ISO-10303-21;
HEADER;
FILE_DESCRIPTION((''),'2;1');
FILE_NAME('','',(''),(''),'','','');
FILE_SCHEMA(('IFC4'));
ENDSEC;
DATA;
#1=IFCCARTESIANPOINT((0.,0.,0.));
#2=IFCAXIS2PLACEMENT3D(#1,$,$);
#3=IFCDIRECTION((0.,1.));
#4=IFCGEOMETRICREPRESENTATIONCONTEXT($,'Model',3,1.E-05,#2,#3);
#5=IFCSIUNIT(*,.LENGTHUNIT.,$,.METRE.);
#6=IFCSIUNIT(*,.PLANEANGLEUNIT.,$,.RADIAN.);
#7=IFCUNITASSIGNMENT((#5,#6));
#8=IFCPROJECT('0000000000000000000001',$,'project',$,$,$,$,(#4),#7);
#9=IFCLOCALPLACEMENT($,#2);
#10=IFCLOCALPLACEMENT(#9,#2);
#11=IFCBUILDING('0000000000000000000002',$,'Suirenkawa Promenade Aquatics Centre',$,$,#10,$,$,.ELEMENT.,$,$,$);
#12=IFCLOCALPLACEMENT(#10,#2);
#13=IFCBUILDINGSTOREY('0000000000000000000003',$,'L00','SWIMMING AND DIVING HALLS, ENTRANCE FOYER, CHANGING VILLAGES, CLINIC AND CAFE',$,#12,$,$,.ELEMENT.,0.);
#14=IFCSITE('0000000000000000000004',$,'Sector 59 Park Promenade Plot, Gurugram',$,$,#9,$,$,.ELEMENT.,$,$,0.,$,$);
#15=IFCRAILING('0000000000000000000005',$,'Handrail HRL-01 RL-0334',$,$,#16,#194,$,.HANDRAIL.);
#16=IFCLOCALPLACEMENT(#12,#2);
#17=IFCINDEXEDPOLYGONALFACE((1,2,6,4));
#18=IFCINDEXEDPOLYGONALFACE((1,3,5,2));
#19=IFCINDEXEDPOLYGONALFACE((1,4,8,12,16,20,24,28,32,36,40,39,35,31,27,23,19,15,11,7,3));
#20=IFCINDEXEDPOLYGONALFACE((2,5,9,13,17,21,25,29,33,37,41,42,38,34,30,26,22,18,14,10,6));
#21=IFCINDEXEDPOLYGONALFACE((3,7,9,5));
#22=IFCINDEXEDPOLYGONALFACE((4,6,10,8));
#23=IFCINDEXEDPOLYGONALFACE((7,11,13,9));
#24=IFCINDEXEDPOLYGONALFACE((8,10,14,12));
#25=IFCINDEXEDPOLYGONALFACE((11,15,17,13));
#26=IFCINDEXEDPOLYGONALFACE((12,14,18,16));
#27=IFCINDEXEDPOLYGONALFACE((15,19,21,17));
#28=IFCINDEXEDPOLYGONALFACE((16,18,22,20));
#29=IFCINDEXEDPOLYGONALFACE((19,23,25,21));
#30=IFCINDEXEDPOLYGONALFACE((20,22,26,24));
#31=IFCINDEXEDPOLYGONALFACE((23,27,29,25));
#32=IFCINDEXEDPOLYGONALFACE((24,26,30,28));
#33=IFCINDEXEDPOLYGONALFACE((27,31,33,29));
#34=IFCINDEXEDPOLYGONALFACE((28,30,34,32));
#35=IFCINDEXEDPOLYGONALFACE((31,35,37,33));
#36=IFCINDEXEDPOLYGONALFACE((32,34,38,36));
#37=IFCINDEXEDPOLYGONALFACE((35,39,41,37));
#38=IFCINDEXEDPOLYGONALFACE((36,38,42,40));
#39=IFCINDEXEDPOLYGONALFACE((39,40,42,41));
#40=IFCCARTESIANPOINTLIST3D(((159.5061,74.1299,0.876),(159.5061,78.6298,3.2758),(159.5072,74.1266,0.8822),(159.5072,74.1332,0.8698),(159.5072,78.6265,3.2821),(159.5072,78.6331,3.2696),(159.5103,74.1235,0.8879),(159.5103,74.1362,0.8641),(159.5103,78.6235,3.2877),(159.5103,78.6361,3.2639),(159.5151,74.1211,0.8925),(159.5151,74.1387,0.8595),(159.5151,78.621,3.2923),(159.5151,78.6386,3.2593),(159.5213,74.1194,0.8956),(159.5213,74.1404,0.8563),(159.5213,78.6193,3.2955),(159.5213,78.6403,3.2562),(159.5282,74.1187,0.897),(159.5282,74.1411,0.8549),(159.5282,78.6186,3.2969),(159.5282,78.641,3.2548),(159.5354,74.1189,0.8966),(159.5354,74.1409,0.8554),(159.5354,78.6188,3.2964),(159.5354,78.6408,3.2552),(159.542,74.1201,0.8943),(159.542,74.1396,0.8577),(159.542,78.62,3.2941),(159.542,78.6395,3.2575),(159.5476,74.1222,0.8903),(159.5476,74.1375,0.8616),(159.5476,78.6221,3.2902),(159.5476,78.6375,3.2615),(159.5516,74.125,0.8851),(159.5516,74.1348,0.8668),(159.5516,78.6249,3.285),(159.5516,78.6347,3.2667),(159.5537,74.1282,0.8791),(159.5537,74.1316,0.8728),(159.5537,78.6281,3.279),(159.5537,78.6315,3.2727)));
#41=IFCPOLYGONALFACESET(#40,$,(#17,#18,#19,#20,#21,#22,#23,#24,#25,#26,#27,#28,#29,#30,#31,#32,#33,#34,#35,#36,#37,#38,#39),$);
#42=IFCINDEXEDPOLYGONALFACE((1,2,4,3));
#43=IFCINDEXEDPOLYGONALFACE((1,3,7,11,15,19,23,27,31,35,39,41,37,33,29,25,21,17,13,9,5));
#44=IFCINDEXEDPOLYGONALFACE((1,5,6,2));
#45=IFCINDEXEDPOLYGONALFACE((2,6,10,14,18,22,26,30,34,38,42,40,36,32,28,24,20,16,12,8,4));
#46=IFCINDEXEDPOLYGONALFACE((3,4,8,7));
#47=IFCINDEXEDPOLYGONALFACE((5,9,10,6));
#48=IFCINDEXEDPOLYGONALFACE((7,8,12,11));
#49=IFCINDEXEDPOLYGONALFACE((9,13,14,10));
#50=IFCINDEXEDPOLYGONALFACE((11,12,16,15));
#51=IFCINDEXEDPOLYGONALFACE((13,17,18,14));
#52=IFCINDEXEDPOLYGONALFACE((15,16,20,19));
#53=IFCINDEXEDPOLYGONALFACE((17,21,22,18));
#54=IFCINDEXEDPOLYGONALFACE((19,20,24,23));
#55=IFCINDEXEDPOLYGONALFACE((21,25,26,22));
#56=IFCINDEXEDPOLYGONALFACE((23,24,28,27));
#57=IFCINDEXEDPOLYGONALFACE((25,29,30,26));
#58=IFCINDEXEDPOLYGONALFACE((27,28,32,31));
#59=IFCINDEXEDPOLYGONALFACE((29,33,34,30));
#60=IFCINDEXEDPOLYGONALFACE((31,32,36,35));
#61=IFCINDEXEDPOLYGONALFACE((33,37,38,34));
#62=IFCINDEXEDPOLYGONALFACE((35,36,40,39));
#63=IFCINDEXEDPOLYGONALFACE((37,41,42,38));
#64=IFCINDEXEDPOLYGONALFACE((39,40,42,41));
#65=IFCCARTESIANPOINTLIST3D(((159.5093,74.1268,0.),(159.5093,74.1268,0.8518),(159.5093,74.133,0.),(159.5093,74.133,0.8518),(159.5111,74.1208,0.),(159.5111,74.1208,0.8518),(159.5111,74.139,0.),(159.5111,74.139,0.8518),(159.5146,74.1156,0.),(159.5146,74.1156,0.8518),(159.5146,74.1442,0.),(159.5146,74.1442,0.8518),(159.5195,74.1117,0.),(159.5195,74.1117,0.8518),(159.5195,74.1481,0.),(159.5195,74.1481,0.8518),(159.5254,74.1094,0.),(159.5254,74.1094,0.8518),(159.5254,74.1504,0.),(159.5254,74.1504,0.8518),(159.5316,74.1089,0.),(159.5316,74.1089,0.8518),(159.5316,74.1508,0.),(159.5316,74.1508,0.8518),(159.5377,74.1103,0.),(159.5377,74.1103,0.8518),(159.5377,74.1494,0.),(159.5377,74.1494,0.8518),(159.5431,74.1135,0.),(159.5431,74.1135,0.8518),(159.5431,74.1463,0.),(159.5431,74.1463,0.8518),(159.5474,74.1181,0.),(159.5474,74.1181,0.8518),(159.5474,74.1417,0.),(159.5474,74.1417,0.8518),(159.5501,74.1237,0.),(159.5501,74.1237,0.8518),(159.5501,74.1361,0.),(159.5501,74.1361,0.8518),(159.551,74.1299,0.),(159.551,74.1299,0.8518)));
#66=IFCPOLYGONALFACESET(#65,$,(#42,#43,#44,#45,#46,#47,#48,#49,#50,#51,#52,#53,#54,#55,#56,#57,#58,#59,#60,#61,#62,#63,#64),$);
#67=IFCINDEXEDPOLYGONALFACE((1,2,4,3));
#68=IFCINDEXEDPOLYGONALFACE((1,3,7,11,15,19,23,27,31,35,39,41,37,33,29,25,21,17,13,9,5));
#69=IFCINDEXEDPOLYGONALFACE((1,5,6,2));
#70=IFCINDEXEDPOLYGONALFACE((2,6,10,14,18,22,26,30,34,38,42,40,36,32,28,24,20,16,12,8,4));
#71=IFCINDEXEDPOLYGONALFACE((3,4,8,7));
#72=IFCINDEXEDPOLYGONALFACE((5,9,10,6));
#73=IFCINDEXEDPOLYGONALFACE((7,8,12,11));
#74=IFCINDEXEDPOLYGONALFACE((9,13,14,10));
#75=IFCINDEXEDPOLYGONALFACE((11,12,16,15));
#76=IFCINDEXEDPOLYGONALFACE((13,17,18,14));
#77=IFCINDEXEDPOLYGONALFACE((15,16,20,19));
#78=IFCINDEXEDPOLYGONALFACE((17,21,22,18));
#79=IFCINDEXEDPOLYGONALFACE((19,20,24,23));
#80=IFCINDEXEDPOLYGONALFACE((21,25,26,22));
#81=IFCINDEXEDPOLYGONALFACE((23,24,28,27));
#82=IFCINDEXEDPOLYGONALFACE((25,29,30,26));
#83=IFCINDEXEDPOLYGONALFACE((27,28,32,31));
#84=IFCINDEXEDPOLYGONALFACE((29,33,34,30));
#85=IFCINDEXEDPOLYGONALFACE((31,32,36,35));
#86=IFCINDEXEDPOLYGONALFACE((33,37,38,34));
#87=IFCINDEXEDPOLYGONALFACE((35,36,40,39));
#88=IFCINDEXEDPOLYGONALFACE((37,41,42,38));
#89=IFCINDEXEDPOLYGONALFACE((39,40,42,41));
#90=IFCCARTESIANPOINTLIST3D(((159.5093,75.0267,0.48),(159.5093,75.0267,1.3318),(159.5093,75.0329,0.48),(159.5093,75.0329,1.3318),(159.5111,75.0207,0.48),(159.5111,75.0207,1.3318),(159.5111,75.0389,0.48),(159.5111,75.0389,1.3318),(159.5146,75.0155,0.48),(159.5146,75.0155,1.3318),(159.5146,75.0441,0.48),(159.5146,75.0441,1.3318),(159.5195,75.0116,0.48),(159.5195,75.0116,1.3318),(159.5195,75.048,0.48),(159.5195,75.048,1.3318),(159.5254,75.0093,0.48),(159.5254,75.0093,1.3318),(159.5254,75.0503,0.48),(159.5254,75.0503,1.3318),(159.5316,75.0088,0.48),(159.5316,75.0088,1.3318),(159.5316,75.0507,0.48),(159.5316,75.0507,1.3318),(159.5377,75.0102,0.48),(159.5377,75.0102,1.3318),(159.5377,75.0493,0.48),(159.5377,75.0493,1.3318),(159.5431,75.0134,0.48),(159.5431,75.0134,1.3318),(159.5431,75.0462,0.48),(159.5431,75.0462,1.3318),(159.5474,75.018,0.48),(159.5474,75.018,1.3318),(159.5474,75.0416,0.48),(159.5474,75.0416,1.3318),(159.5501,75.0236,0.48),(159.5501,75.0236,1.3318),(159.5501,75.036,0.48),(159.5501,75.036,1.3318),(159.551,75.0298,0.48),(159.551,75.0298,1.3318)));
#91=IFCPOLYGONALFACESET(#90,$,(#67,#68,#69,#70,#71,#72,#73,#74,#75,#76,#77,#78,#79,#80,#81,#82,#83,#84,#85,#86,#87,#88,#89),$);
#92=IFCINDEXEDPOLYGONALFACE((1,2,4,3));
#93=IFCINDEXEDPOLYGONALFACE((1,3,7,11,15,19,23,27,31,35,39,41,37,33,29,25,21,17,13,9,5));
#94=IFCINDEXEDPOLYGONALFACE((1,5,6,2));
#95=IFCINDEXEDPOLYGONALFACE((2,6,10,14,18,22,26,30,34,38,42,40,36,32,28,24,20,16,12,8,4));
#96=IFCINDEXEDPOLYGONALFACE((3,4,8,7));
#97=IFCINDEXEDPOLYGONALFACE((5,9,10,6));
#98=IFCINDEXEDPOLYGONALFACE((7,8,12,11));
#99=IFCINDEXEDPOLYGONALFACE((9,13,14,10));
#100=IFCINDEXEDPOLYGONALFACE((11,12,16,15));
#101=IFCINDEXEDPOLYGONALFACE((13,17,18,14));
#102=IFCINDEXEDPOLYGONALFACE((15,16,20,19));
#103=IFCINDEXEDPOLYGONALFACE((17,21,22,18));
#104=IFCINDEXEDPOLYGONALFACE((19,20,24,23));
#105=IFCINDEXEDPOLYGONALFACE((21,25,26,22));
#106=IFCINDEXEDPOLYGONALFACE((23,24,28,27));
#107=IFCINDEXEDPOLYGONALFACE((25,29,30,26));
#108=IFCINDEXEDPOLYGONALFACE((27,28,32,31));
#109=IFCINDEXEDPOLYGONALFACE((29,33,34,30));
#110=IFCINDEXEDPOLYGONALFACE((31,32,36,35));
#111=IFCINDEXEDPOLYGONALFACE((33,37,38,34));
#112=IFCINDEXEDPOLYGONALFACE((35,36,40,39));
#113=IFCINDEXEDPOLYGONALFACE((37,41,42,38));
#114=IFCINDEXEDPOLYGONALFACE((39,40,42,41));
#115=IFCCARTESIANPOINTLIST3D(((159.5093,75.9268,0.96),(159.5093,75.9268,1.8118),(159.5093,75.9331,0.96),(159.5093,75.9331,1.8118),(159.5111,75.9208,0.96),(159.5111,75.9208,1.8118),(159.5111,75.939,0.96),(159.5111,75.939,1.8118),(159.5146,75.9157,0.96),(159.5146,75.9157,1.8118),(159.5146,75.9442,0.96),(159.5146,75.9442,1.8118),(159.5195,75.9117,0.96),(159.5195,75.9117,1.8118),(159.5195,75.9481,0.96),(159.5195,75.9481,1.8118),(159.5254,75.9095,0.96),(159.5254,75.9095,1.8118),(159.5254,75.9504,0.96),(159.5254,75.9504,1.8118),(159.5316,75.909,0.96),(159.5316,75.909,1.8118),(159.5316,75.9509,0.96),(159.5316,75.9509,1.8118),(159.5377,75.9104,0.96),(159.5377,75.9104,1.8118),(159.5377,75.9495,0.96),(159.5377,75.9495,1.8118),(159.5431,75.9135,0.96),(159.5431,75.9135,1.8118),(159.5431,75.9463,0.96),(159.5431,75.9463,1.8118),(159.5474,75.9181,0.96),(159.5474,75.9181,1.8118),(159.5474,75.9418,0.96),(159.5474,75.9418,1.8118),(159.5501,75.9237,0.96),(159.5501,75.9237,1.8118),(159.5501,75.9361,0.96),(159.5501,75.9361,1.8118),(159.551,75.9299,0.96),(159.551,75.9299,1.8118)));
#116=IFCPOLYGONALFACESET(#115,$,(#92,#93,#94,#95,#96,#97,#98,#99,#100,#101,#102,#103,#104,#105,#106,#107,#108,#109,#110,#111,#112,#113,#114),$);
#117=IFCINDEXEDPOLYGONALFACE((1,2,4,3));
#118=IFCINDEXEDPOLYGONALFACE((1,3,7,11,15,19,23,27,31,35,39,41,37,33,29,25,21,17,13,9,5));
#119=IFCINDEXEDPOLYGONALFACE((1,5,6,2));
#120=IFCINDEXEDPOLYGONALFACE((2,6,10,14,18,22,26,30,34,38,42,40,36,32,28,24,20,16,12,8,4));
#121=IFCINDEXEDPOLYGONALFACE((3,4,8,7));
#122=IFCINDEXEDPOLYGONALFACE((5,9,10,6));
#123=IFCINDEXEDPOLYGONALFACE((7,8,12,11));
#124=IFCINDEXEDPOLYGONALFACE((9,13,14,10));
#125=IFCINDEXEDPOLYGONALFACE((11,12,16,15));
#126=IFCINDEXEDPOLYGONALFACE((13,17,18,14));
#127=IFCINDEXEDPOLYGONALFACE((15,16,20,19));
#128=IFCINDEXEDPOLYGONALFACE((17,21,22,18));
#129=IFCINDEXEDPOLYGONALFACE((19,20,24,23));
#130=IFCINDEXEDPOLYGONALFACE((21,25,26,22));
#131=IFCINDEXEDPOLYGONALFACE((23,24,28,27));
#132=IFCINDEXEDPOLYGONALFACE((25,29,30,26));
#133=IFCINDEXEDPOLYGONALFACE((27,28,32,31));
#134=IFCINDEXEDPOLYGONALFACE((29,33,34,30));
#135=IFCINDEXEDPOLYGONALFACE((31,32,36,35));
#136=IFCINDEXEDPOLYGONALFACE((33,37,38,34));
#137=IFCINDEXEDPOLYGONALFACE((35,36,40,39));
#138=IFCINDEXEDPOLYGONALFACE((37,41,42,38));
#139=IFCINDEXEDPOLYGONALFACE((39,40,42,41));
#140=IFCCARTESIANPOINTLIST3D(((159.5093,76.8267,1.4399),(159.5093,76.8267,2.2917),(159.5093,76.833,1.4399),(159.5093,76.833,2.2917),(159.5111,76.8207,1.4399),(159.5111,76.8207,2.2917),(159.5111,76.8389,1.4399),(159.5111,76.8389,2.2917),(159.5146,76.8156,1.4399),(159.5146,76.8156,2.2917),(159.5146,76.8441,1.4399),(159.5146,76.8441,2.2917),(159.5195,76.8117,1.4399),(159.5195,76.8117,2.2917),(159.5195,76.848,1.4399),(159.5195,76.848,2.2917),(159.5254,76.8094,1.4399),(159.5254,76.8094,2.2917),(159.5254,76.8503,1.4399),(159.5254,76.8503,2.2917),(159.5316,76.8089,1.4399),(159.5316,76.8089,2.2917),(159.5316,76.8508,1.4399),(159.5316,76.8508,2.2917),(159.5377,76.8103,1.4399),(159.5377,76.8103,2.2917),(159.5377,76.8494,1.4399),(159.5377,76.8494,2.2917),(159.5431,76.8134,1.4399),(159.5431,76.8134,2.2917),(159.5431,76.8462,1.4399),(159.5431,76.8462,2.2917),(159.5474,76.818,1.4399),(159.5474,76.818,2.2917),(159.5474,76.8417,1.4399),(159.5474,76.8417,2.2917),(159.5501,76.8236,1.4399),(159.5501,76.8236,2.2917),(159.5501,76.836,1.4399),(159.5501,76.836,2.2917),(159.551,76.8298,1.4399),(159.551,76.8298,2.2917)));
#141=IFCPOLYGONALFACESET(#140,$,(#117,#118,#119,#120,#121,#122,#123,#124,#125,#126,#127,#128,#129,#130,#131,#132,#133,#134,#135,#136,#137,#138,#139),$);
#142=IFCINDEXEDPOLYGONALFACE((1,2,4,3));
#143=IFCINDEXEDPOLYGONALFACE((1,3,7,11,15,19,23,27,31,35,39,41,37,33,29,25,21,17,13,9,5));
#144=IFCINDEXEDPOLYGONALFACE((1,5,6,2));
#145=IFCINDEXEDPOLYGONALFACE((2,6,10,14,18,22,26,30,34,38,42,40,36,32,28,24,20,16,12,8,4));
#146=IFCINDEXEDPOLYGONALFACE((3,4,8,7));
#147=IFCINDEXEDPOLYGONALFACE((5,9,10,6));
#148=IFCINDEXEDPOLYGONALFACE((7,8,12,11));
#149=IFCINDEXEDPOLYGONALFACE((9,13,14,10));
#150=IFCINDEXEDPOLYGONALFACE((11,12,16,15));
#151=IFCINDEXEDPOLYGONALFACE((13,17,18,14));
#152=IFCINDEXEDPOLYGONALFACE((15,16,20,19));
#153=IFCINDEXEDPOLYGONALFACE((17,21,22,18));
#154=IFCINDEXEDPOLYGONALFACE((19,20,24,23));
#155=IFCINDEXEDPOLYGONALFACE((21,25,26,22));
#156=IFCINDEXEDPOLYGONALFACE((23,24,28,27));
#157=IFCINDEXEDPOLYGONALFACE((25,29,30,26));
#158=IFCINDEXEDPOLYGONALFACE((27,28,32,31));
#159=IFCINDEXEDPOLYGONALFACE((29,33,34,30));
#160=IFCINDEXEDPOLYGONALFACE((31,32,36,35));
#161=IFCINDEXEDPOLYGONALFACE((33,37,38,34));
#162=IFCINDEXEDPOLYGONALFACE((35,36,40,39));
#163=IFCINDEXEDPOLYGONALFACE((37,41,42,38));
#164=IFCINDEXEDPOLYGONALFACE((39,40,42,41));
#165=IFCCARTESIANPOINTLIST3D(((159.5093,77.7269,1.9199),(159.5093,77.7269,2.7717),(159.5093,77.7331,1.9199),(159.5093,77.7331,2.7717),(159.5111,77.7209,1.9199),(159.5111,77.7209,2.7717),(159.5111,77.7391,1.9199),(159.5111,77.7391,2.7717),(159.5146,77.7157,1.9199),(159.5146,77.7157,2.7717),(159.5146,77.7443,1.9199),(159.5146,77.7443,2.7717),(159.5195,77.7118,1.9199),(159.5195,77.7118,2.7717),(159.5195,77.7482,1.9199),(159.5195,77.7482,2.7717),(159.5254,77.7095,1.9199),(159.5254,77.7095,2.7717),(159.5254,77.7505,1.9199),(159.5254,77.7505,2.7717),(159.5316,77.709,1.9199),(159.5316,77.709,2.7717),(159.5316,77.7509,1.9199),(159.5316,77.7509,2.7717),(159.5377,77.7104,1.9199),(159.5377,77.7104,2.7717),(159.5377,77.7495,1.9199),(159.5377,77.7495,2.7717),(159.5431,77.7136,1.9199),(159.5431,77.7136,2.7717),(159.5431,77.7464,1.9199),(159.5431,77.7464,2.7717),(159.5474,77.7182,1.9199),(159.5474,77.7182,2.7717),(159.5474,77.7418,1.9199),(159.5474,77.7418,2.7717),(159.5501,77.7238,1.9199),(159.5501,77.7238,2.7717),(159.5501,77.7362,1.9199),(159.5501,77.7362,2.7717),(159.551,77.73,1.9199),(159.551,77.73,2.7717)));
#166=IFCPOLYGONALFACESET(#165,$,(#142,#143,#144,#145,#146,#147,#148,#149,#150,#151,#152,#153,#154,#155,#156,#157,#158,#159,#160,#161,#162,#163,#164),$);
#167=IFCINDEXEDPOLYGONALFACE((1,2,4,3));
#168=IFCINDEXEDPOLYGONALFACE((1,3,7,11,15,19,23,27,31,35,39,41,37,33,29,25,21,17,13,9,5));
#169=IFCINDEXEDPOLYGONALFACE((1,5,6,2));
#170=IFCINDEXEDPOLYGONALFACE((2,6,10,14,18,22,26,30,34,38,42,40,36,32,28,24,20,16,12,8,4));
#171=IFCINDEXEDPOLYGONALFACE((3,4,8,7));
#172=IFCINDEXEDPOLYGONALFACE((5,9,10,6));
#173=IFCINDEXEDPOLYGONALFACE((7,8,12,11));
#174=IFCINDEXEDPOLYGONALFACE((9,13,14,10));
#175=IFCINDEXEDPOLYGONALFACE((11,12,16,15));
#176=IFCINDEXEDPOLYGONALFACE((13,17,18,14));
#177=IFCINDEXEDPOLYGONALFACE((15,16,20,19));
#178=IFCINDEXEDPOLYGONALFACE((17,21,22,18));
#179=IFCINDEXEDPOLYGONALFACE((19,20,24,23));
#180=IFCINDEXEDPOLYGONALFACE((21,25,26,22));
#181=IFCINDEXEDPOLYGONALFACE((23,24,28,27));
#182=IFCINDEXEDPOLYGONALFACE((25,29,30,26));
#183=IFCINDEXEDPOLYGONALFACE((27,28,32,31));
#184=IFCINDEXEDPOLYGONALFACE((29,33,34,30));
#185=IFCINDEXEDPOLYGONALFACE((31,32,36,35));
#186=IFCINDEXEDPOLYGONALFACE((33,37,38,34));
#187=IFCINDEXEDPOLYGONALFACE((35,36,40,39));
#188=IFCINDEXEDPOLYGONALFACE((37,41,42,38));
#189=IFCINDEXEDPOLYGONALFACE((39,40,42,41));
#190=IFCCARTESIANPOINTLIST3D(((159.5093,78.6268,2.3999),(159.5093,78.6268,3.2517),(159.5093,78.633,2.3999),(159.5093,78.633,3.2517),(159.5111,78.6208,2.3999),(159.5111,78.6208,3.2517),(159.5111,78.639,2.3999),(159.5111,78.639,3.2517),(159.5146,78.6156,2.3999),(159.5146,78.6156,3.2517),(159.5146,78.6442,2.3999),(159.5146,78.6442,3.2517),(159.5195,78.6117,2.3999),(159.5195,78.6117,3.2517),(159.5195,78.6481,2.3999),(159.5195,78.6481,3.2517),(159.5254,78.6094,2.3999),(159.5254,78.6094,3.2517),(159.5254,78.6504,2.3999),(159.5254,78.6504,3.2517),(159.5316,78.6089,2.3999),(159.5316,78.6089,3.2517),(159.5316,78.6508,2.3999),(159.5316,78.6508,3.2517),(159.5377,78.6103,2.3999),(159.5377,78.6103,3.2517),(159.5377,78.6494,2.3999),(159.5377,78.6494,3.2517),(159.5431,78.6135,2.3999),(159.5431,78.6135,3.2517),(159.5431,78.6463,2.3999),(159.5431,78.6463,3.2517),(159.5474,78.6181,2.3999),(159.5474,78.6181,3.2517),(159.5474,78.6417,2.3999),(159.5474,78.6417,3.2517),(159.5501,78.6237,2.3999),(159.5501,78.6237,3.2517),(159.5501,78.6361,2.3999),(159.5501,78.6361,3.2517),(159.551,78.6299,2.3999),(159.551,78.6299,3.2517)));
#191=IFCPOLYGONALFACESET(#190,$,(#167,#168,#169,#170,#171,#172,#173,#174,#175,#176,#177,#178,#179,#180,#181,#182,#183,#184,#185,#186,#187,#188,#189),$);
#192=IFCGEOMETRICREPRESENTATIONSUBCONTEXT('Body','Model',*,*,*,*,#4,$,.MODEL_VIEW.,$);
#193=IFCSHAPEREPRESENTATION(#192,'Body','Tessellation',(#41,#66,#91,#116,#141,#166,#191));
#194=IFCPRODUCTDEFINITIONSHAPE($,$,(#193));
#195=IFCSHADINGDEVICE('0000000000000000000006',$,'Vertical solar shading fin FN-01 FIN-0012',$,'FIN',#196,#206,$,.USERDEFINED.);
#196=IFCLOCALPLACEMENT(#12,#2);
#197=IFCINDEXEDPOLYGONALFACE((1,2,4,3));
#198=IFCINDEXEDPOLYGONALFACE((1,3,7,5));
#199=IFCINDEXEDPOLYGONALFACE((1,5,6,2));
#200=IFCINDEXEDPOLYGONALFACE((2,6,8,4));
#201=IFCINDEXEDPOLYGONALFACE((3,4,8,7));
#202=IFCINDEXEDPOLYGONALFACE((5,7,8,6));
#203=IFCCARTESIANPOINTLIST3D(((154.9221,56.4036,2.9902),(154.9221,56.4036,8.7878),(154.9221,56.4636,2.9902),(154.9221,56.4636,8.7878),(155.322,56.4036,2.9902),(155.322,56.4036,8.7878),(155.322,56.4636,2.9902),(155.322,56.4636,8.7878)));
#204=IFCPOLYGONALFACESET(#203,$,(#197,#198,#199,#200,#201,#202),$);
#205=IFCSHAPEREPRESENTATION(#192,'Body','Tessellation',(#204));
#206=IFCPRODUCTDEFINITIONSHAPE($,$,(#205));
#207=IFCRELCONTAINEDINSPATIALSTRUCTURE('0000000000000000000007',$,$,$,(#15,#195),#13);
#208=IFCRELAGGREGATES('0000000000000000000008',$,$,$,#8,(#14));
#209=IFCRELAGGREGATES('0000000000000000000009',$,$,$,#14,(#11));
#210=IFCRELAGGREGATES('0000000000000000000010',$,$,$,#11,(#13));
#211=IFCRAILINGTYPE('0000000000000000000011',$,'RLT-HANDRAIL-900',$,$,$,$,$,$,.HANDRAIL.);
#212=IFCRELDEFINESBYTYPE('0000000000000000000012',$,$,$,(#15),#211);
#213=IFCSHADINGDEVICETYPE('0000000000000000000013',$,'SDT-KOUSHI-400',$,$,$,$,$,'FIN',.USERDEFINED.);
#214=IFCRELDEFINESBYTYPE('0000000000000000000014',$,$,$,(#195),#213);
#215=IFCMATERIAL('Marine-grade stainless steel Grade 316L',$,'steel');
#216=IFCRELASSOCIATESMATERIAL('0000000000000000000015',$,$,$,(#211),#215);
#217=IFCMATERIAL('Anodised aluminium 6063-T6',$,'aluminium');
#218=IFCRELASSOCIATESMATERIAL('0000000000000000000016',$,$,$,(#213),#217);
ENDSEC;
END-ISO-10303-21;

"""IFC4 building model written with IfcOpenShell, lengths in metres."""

from ifc_helpers import new_model, si_unit, direction, frame, origin, origin_2d, place, context, subcontext, project, spatial, rectangle, circle, extrude, material, type_object, element, save


model = new_model("IFC4")

# Units and contexts
model_context = context("Model", 3, precision=1e-05, world=origin(), true_north=direction((0.0, 1.0)))
body_context = subcontext(model_context, "Body", "Model", "MODEL_VIEW")
ifc_project = project(units=[si_unit("LENGTHUNIT", "METRE"), si_unit("PLANEANGLEUNIT", "RADIAN")], contexts=[model_context])

# Site, building, storey
site_placement = place(None, origin())
site = spatial("IfcSite", under=ifc_project, at=site_placement, Name="Sector 59 Park Promenade Plot, Gurugram", CompositionType="ELEMENT", RefElevation=0.0)
building_placement = place(site_placement, origin())
building = spatial("IfcBuilding", under=site, at=building_placement, Name="Suirenkawa Promenade Aquatics Centre", CompositionType="ELEMENT")
storey_placement = place(building_placement, origin())
storey = spatial("IfcBuildingStorey", under=building, at=storey_placement, Name="L00", Description="SWIMMING AND DIVING HALLS, ENTRANCE FOYER, CHANGING VILLAGES, CLINIC AND CAFE", CompositionType="ELEMENT", Elevation=0.0)

# Shared definitions
ifc_material_1 = material(Name="Anodised aluminium 6063-T6", Category="aluminium")

# Railing
ifc_material_2 = material(Name="Marine-grade stainless steel Grade 316L", Category="steel")
railing_type_1 = type_object("IfcRailingType", Name="RLT-HANDRAIL-900", PredefinedType="HANDRAIL", material=ifc_material_2)
for number, where, name in (
    (1, (159.53, 74.1299, 0.0), "Handrail HRL-01 RL-0334"),
):
    element("IfcRailing", number, at=place(storey_placement, frame(where)), inside=storey, type_object=railing_type_1, Name=name, PredefinedType="HANDRAIL", context=body_context, shape_type="SweptSolid", body=[
        extrude(circle(Radius=0.0239, at=origin_2d()), frame((0.0, 0.0, 0.876), z_axis=(0.0, 0.882361, 0.470573), x_axis=(-1.0, 0.0, 0.0)), (0.0, 0.0, 1.0), 5.0999),
        extrude(circle(Radius=0.021, at=origin_2d()), origin(), (0.0, 0.0, 1.0), 0.8518),
        extrude(circle(Radius=0.021, at=origin_2d()), frame((0.0, 0.8999, 0.48)), (0.0, 0.0, 1.0), 0.8518),
        extrude(circle(Radius=0.021, at=origin_2d()), frame((0.0, 1.8, 0.96)), (0.0, 0.0, 1.0), 0.8518),
        extrude(circle(Radius=0.021, at=origin_2d()), frame((0.0, 2.7, 1.4399)), (0.0, 0.0, 1.0), 0.8518),
        extrude(circle(Radius=0.021, at=origin_2d()), frame((0.0, 3.6001, 1.9199)), (0.0, 0.0, 1.0), 0.8518),
        extrude(circle(Radius=0.021, at=origin_2d()), frame((0.0, 4.5, 2.3999)), (0.0, 0.0, 1.0), 0.8518),
    ])

# Shading device
shading_device_type = type_object("IfcShadingDeviceType", Name="SDT-KOUSHI-400", ElementType="FIN", PredefinedType="USERDEFINED", material=ifc_material_1)
shading_device_1_placement = place(storey_placement, frame((155.1221, 56.4336, 2.9902), z_axis=(0.0, 0.0, 1.0), x_axis=(1.0, 0.0, 0.0)))
element("IfcShadingDevice", 2, at=shading_device_1_placement, inside=storey, type_object=shading_device_type, Name="Vertical solar shading fin FN-01 FIN-0012", ObjectType="FIN", PredefinedType="USERDEFINED", context=body_context, shape_type="SweptSolid", body=[
    extrude(rectangle(XDim=0.3999, YDim=0.0601, at=origin_2d()), origin(), (0.0, 0.0, 1.0), 5.7976),
])

save(model, "model.ifc")
